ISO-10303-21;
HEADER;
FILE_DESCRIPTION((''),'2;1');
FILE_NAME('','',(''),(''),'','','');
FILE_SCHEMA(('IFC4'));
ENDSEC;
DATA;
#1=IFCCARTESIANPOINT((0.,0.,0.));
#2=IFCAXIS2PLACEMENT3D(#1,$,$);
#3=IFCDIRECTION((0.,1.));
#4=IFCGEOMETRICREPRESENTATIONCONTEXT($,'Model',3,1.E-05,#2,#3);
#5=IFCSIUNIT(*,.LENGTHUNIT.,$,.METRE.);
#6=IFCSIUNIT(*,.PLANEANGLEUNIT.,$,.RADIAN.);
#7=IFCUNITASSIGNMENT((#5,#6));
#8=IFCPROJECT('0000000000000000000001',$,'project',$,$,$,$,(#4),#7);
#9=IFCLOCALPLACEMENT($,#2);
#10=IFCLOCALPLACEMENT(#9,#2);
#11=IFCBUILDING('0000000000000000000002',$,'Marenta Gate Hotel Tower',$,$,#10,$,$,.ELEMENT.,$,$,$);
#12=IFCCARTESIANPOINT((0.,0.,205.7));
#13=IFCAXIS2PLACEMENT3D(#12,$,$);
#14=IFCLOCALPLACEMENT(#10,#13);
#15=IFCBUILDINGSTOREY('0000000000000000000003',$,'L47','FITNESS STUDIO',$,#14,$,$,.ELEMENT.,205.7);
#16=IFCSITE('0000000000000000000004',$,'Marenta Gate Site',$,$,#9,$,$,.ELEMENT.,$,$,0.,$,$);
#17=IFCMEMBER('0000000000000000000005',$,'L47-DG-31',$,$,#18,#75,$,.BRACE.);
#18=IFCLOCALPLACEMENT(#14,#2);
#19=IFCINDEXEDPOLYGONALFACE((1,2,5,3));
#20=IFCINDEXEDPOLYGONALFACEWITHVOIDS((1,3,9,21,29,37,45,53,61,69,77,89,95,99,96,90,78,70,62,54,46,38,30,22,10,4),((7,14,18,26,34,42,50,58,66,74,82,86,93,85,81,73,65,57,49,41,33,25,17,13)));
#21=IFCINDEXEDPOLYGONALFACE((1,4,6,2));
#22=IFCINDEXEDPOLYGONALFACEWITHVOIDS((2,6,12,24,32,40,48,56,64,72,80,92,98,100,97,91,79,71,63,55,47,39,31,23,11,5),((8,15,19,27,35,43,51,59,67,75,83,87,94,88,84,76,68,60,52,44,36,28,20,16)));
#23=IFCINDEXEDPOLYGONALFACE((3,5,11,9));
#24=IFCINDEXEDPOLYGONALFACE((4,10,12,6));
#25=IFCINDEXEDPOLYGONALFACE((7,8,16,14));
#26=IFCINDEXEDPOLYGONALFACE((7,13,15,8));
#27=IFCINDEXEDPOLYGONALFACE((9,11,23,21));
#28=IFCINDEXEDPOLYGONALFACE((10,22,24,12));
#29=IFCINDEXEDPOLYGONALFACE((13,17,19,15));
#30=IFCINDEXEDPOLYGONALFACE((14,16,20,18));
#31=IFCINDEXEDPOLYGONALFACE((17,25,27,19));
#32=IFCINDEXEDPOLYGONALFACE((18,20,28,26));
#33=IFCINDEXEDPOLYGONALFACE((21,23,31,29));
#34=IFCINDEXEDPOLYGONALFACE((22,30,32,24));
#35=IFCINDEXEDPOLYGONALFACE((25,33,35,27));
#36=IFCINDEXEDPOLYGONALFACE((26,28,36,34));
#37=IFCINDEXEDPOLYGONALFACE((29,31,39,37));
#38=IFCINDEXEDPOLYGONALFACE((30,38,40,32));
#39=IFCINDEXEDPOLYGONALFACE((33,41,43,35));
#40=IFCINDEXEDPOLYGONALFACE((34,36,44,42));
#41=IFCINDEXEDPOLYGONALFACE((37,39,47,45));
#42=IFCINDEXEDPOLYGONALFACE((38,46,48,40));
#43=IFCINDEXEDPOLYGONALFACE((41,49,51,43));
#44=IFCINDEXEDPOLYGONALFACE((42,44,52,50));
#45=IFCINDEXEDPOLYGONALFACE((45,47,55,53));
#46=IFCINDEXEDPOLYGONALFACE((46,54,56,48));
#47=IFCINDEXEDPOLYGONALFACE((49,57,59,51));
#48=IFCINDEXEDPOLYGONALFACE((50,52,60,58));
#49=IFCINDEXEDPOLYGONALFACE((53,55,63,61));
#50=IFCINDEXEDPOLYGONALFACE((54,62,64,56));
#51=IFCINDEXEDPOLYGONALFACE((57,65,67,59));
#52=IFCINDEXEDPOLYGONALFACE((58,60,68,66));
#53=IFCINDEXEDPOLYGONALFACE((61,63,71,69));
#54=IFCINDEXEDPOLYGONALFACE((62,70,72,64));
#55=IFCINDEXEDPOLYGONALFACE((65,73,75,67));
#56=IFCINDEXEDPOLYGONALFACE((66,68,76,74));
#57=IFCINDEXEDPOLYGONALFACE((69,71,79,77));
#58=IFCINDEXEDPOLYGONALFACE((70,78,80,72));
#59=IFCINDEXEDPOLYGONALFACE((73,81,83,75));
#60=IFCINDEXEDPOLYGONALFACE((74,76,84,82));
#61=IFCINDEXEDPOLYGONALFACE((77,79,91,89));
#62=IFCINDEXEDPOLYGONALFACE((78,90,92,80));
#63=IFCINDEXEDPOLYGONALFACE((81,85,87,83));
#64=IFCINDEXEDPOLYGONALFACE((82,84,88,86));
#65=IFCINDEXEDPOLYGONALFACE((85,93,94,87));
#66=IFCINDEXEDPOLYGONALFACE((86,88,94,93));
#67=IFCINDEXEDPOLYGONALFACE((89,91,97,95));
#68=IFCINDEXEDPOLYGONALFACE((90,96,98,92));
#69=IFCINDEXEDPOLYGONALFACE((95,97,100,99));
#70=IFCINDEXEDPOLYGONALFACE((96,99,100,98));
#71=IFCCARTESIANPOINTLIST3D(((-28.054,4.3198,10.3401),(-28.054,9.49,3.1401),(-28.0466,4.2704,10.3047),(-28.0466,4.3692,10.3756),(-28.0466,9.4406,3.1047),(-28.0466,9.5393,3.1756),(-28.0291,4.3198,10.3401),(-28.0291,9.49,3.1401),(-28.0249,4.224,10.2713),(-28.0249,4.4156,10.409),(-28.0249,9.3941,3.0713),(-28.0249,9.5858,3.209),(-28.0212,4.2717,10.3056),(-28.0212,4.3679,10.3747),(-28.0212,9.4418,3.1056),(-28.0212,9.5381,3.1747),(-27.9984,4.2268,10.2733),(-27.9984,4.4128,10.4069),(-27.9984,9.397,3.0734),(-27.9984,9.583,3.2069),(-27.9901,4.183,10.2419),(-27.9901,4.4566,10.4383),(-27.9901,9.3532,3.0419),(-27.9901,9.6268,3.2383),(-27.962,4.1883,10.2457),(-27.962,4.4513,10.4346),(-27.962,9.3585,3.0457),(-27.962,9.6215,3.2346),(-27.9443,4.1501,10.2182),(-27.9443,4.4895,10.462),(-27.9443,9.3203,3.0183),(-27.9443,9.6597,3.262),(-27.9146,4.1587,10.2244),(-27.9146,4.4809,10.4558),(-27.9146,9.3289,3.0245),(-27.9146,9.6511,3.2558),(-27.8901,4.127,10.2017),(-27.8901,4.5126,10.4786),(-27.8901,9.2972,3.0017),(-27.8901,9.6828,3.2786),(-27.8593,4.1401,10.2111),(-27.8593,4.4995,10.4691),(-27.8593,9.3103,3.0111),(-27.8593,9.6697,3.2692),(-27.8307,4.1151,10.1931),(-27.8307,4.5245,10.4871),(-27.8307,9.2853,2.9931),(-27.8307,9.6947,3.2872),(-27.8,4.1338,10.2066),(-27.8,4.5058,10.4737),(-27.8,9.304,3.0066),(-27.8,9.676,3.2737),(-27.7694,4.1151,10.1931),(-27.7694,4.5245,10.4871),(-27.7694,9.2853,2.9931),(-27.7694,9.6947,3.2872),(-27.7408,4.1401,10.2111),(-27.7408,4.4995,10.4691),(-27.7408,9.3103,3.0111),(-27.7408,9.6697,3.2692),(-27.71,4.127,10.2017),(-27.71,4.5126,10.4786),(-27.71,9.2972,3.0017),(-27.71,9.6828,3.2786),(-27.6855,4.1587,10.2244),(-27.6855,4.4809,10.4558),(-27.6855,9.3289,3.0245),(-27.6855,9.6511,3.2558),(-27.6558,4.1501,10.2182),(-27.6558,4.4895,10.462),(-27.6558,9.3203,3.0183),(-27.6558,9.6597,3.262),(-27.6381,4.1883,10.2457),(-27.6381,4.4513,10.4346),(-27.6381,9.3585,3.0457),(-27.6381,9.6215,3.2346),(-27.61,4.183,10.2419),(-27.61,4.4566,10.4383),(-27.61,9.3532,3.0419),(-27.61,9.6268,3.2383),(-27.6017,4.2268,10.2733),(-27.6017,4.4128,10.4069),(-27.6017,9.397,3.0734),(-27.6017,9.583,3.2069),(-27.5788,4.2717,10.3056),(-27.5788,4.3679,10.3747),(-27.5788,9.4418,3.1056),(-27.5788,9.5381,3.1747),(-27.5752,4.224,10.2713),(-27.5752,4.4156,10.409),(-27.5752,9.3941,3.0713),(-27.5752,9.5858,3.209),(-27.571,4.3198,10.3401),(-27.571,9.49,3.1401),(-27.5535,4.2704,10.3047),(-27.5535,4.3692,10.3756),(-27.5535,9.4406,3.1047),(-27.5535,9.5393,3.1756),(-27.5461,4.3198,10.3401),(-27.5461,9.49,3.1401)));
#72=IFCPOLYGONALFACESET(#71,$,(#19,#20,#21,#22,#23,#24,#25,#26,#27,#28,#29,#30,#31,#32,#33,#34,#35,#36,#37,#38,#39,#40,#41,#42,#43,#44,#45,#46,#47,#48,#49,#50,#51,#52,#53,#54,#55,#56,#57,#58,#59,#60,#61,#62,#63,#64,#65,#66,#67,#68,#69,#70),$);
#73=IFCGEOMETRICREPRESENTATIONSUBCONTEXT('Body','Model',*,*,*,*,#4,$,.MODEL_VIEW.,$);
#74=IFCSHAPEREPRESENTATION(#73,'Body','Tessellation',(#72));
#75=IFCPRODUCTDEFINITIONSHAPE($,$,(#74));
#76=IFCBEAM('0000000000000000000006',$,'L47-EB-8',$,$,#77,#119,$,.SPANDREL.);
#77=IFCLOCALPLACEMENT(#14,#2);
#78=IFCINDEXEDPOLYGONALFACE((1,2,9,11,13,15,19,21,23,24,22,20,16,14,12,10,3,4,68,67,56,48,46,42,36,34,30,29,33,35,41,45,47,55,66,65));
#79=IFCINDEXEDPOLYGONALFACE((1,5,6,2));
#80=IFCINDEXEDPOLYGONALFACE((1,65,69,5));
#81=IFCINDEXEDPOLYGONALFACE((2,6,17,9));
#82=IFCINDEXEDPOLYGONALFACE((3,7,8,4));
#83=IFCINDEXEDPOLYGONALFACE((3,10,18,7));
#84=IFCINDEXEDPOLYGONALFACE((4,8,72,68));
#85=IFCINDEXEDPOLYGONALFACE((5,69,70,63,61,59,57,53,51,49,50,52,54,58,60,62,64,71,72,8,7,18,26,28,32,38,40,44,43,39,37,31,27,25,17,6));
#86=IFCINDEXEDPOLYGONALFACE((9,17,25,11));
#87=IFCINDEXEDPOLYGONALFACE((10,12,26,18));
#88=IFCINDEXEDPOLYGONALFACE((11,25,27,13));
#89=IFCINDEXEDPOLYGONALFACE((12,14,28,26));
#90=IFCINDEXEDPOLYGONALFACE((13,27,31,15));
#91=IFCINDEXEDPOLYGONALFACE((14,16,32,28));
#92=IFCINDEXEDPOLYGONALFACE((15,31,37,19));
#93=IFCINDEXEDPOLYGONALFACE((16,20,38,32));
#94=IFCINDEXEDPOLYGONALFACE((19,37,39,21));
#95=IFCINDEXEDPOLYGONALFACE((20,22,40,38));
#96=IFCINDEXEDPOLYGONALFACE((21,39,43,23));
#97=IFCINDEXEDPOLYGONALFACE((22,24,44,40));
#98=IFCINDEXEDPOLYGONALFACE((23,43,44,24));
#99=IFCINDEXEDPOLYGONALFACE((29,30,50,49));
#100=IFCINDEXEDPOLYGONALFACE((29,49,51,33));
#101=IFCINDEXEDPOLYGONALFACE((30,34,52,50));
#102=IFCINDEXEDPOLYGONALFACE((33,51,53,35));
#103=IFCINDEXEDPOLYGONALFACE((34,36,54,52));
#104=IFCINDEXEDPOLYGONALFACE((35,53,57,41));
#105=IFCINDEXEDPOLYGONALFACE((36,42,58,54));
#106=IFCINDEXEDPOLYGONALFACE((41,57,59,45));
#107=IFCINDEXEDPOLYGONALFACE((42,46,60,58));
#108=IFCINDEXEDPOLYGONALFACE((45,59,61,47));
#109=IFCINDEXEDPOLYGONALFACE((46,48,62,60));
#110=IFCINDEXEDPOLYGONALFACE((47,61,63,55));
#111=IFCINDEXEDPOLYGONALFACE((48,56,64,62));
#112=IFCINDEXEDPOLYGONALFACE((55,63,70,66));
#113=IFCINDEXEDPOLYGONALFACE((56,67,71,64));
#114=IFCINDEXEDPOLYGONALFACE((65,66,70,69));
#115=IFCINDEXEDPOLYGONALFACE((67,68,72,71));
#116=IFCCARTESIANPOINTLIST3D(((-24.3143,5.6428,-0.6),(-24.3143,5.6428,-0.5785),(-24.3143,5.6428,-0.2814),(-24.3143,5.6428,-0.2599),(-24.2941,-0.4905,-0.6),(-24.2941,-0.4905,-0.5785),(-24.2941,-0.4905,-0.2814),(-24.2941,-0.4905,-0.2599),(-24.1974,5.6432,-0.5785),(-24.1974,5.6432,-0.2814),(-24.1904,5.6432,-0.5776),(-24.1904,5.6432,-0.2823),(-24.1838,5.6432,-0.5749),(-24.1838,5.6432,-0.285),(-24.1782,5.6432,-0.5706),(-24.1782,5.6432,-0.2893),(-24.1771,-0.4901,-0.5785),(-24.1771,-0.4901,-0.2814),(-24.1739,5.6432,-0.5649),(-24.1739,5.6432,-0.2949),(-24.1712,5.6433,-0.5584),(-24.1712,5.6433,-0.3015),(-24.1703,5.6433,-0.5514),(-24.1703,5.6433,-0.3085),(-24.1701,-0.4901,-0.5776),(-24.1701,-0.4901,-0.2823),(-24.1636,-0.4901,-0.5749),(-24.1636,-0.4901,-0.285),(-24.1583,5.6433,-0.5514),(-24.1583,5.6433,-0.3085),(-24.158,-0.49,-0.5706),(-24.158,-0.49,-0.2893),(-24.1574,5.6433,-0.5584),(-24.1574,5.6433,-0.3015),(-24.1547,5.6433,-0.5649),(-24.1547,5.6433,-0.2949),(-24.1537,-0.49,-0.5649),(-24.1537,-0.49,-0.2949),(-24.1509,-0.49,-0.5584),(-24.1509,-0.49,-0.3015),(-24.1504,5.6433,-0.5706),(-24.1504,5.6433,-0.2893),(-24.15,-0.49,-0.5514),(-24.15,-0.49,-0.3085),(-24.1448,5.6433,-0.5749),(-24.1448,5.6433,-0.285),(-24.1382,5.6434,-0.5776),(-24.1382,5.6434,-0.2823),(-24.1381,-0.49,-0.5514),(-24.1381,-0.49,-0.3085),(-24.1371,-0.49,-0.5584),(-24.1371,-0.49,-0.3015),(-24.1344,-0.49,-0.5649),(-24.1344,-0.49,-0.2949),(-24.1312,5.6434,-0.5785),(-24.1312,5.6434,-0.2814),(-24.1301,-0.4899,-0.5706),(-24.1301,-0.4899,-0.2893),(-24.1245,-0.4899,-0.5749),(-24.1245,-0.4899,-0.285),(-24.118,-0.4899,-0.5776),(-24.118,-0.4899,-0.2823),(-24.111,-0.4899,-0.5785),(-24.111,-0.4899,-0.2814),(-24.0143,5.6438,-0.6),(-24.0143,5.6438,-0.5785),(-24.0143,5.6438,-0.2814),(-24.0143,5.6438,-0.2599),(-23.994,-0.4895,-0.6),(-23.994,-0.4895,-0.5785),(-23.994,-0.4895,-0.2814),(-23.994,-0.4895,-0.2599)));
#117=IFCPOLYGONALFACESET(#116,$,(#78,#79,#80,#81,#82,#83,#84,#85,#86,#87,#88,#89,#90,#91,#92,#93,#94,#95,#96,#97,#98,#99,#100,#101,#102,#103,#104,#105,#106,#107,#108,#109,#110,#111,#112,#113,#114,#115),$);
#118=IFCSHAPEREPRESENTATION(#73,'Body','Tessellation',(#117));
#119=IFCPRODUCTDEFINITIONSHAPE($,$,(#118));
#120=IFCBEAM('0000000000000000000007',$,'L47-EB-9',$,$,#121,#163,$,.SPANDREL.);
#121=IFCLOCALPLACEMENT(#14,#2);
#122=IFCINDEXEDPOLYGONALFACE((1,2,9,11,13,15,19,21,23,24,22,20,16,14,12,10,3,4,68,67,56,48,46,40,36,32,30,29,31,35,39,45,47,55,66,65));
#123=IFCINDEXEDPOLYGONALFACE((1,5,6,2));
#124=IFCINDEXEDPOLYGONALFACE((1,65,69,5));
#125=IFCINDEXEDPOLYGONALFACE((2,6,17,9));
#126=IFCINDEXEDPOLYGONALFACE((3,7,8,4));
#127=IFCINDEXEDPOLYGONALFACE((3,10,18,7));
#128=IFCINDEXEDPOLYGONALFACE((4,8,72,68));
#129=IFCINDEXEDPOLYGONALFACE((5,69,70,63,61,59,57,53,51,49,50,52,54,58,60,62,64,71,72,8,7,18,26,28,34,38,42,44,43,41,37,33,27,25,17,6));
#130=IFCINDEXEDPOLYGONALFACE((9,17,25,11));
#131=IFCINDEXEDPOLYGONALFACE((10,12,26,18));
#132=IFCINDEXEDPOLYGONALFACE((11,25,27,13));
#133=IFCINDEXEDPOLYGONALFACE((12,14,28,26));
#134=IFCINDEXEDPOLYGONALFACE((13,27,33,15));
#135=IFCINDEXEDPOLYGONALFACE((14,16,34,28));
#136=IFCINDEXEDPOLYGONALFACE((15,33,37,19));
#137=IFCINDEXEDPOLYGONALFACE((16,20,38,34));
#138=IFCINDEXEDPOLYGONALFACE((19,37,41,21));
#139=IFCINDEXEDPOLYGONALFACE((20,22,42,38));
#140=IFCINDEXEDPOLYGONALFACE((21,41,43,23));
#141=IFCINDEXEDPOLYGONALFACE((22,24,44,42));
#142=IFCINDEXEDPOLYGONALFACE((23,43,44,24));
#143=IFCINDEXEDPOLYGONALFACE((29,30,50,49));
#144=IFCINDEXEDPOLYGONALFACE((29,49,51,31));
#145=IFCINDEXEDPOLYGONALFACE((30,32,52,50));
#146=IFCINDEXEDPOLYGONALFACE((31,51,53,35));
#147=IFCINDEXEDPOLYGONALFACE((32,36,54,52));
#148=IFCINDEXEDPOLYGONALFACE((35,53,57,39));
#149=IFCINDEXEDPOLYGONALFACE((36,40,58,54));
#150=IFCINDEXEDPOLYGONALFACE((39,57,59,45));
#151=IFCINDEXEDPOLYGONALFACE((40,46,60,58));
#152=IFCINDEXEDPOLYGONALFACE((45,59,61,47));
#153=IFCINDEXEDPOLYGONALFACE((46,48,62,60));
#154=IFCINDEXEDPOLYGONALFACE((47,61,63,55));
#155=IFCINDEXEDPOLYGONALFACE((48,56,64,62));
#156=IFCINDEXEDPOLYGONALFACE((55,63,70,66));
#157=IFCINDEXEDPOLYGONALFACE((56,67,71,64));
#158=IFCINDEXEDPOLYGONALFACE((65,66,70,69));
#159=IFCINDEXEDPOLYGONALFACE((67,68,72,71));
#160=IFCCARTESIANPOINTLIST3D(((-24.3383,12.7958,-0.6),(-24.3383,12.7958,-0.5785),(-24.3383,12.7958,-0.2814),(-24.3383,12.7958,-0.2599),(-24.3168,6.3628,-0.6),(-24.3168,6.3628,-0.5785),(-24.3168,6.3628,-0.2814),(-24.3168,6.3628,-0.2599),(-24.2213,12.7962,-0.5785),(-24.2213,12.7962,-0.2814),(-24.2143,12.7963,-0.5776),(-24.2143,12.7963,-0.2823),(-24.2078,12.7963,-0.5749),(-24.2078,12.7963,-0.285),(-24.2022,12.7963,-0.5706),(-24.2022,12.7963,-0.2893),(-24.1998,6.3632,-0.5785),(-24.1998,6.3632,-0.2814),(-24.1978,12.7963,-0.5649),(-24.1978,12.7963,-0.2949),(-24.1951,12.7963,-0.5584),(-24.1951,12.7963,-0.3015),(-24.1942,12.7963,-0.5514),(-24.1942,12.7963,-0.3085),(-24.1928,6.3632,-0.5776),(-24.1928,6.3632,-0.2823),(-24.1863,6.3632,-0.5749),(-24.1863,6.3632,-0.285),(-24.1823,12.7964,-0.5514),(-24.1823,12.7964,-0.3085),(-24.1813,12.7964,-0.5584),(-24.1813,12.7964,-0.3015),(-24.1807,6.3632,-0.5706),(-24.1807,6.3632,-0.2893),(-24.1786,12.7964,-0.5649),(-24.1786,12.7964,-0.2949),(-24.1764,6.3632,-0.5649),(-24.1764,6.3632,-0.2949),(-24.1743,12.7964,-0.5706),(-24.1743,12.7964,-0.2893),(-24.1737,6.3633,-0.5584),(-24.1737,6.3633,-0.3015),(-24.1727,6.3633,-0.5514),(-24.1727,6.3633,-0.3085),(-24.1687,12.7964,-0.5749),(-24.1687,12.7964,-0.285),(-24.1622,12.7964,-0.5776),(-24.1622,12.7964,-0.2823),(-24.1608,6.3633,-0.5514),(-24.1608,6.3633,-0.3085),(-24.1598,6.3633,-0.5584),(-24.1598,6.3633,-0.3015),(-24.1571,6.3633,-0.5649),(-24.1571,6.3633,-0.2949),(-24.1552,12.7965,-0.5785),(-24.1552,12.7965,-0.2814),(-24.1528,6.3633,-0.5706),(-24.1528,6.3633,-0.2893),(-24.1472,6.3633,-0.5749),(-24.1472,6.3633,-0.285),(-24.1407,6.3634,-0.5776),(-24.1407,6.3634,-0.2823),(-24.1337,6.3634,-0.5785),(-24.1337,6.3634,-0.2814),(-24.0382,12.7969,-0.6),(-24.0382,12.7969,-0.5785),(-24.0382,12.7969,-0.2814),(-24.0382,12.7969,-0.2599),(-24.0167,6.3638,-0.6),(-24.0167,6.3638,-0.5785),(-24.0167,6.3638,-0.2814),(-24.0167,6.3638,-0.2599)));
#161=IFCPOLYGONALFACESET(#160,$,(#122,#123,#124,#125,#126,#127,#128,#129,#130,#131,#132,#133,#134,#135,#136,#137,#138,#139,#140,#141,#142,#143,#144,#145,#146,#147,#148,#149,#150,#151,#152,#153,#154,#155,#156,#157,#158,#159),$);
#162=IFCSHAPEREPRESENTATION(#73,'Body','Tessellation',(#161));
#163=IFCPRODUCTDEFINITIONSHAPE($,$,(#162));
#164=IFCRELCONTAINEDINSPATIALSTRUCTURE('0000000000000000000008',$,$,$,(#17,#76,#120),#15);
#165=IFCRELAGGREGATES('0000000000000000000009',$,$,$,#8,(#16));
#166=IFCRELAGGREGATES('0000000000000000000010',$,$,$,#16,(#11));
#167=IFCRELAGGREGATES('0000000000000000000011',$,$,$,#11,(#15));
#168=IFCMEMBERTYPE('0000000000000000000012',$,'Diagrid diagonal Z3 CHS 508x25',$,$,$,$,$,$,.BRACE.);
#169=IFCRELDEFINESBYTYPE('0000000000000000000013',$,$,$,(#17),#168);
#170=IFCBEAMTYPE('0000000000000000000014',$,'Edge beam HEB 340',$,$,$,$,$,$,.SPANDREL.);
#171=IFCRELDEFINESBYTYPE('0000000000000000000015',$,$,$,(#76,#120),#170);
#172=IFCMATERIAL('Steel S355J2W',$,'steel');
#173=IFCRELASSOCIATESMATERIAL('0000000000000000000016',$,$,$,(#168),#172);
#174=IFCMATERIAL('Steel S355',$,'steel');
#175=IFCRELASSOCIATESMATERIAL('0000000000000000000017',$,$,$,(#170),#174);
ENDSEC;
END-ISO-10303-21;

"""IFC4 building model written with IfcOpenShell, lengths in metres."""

from ifc_helpers import new_model, si_unit, direction, frame, origin, origin_2d, place, context, subcontext, project, spatial, hollow_circle, i_section, extrude, material, material_profile, profile_set, type_object, element, save


model = new_model("IFC4")

# Units and contexts
model_context = context("Model", 3, precision=1e-05, world=origin(), true_north=direction((0.0, 1.0)))
body_context = subcontext(model_context, "Body", "Model", "MODEL_VIEW")
ifc_project = project(units=[si_unit("LENGTHUNIT", "METRE"), si_unit("PLANEANGLEUNIT", "RADIAN")], contexts=[model_context])

# Site, building, storey
site_placement = place(None, origin())
site = spatial("IfcSite", under=ifc_project, at=site_placement, Name="Marenta Gate Site", CompositionType="ELEMENT", RefElevation=0.0)
building_placement = place(site_placement, origin())
building = spatial("IfcBuilding", under=site, at=building_placement, Name="Marenta Gate Hotel Tower", CompositionType="ELEMENT")
storey_placement = place(building_placement, frame((0.0, 0.0, 205.7)))
storey = spatial("IfcBuildingStorey", under=building, at=storey_placement, Name="L47", Description="FITNESS STUDIO", CompositionType="ELEMENT", Elevation=205.7)

# Member
ifc_material_1 = material(Name="Steel S355J2W", Category="steel")
ifc_material_profile_1 = material_profile(ifc_material_1, hollow_circle(Radius=0.2539, WallThickness=0.0249, at=origin_2d()), Name="CHS 508x25")
ifc_profile_set_1 = profile_set([ifc_material_profile_1], Name="Steel S355J2W")
member_type_1 = type_object("IfcMemberType", Name="Diagrid diagonal Z3 CHS 508x25", PredefinedType="BRACE", material=ifc_profile_set_1)
member_1_placement = place(storey_placement, frame((-27.8, 9.49, 3.1401), z_axis=(0.0, -0.583279, 0.812272), x_axis=(1.0, 0.0, 0.0)))
element("IfcMember", 1, at=member_1_placement, inside=storey, type_object=member_type_1, Name="L47-DG-31", PredefinedType="BRACE", context=body_context, shape_type="SweptSolid", body=[
    extrude(hollow_circle(Radius=0.2539, WallThickness=0.0249, at=origin_2d()), origin(), (0.0, 0.0, 1.0), 8.864),
])

# Beams
ifc_material_2 = material(Name="Steel S355", Category="steel")
ifc_material_profile_2 = material_profile(ifc_material_2, i_section(OverallWidth=0.3, OverallDepth=0.3401, WebThickness=0.012, FlangeThickness=0.0215, FilletRadius=0.0271, at=origin_2d()), Name="HEB 340")
ifc_profile_set_2 = profile_set([ifc_material_profile_2], Name="Steel S355")
beam_type_1 = type_object("IfcBeamType", Name="Edge beam HEB 340", PredefinedType="SPANDREL", material=ifc_profile_set_2)
beam_1_placement = place(storey_placement, frame((-24.144, -0.49, -0.4299), z_axis=(-0.003304, 0.999995, 0.0), x_axis=(-0.999995, -0.003304, 0.0)))
element("IfcBeam", 2, at=beam_1_placement, inside=storey, type_object=beam_type_1, Name="L47-EB-8", PredefinedType="SPANDREL", context=body_context, shape_type="SweptSolid", body=[
    extrude(i_section(OverallWidth=0.3, OverallDepth=0.3401, WebThickness=0.012, FlangeThickness=0.0215, FilletRadius=0.0271, at=origin_2d()), origin(), (0.0, 0.0, 1.0), 6.1333),
])
beam_2_placement = place(storey_placement, frame((-24.1667, 6.3633, -0.4299), z_axis=(-0.00334, 0.999994, 0.0), x_axis=(-0.999994, -0.00334, 0.0)))
element("IfcBeam", 3, at=beam_2_placement, inside=storey, type_object=beam_type_1, Name="L47-EB-9", PredefinedType="SPANDREL", context=body_context, shape_type="SweptSolid", body=[
    extrude(i_section(OverallWidth=0.3, OverallDepth=0.3401, WebThickness=0.012, FlangeThickness=0.0215, FilletRadius=0.0271, at=origin_2d()), origin(), (0.0, 0.0, 1.0), 6.4331),
])

save(model, "model.ifc")
